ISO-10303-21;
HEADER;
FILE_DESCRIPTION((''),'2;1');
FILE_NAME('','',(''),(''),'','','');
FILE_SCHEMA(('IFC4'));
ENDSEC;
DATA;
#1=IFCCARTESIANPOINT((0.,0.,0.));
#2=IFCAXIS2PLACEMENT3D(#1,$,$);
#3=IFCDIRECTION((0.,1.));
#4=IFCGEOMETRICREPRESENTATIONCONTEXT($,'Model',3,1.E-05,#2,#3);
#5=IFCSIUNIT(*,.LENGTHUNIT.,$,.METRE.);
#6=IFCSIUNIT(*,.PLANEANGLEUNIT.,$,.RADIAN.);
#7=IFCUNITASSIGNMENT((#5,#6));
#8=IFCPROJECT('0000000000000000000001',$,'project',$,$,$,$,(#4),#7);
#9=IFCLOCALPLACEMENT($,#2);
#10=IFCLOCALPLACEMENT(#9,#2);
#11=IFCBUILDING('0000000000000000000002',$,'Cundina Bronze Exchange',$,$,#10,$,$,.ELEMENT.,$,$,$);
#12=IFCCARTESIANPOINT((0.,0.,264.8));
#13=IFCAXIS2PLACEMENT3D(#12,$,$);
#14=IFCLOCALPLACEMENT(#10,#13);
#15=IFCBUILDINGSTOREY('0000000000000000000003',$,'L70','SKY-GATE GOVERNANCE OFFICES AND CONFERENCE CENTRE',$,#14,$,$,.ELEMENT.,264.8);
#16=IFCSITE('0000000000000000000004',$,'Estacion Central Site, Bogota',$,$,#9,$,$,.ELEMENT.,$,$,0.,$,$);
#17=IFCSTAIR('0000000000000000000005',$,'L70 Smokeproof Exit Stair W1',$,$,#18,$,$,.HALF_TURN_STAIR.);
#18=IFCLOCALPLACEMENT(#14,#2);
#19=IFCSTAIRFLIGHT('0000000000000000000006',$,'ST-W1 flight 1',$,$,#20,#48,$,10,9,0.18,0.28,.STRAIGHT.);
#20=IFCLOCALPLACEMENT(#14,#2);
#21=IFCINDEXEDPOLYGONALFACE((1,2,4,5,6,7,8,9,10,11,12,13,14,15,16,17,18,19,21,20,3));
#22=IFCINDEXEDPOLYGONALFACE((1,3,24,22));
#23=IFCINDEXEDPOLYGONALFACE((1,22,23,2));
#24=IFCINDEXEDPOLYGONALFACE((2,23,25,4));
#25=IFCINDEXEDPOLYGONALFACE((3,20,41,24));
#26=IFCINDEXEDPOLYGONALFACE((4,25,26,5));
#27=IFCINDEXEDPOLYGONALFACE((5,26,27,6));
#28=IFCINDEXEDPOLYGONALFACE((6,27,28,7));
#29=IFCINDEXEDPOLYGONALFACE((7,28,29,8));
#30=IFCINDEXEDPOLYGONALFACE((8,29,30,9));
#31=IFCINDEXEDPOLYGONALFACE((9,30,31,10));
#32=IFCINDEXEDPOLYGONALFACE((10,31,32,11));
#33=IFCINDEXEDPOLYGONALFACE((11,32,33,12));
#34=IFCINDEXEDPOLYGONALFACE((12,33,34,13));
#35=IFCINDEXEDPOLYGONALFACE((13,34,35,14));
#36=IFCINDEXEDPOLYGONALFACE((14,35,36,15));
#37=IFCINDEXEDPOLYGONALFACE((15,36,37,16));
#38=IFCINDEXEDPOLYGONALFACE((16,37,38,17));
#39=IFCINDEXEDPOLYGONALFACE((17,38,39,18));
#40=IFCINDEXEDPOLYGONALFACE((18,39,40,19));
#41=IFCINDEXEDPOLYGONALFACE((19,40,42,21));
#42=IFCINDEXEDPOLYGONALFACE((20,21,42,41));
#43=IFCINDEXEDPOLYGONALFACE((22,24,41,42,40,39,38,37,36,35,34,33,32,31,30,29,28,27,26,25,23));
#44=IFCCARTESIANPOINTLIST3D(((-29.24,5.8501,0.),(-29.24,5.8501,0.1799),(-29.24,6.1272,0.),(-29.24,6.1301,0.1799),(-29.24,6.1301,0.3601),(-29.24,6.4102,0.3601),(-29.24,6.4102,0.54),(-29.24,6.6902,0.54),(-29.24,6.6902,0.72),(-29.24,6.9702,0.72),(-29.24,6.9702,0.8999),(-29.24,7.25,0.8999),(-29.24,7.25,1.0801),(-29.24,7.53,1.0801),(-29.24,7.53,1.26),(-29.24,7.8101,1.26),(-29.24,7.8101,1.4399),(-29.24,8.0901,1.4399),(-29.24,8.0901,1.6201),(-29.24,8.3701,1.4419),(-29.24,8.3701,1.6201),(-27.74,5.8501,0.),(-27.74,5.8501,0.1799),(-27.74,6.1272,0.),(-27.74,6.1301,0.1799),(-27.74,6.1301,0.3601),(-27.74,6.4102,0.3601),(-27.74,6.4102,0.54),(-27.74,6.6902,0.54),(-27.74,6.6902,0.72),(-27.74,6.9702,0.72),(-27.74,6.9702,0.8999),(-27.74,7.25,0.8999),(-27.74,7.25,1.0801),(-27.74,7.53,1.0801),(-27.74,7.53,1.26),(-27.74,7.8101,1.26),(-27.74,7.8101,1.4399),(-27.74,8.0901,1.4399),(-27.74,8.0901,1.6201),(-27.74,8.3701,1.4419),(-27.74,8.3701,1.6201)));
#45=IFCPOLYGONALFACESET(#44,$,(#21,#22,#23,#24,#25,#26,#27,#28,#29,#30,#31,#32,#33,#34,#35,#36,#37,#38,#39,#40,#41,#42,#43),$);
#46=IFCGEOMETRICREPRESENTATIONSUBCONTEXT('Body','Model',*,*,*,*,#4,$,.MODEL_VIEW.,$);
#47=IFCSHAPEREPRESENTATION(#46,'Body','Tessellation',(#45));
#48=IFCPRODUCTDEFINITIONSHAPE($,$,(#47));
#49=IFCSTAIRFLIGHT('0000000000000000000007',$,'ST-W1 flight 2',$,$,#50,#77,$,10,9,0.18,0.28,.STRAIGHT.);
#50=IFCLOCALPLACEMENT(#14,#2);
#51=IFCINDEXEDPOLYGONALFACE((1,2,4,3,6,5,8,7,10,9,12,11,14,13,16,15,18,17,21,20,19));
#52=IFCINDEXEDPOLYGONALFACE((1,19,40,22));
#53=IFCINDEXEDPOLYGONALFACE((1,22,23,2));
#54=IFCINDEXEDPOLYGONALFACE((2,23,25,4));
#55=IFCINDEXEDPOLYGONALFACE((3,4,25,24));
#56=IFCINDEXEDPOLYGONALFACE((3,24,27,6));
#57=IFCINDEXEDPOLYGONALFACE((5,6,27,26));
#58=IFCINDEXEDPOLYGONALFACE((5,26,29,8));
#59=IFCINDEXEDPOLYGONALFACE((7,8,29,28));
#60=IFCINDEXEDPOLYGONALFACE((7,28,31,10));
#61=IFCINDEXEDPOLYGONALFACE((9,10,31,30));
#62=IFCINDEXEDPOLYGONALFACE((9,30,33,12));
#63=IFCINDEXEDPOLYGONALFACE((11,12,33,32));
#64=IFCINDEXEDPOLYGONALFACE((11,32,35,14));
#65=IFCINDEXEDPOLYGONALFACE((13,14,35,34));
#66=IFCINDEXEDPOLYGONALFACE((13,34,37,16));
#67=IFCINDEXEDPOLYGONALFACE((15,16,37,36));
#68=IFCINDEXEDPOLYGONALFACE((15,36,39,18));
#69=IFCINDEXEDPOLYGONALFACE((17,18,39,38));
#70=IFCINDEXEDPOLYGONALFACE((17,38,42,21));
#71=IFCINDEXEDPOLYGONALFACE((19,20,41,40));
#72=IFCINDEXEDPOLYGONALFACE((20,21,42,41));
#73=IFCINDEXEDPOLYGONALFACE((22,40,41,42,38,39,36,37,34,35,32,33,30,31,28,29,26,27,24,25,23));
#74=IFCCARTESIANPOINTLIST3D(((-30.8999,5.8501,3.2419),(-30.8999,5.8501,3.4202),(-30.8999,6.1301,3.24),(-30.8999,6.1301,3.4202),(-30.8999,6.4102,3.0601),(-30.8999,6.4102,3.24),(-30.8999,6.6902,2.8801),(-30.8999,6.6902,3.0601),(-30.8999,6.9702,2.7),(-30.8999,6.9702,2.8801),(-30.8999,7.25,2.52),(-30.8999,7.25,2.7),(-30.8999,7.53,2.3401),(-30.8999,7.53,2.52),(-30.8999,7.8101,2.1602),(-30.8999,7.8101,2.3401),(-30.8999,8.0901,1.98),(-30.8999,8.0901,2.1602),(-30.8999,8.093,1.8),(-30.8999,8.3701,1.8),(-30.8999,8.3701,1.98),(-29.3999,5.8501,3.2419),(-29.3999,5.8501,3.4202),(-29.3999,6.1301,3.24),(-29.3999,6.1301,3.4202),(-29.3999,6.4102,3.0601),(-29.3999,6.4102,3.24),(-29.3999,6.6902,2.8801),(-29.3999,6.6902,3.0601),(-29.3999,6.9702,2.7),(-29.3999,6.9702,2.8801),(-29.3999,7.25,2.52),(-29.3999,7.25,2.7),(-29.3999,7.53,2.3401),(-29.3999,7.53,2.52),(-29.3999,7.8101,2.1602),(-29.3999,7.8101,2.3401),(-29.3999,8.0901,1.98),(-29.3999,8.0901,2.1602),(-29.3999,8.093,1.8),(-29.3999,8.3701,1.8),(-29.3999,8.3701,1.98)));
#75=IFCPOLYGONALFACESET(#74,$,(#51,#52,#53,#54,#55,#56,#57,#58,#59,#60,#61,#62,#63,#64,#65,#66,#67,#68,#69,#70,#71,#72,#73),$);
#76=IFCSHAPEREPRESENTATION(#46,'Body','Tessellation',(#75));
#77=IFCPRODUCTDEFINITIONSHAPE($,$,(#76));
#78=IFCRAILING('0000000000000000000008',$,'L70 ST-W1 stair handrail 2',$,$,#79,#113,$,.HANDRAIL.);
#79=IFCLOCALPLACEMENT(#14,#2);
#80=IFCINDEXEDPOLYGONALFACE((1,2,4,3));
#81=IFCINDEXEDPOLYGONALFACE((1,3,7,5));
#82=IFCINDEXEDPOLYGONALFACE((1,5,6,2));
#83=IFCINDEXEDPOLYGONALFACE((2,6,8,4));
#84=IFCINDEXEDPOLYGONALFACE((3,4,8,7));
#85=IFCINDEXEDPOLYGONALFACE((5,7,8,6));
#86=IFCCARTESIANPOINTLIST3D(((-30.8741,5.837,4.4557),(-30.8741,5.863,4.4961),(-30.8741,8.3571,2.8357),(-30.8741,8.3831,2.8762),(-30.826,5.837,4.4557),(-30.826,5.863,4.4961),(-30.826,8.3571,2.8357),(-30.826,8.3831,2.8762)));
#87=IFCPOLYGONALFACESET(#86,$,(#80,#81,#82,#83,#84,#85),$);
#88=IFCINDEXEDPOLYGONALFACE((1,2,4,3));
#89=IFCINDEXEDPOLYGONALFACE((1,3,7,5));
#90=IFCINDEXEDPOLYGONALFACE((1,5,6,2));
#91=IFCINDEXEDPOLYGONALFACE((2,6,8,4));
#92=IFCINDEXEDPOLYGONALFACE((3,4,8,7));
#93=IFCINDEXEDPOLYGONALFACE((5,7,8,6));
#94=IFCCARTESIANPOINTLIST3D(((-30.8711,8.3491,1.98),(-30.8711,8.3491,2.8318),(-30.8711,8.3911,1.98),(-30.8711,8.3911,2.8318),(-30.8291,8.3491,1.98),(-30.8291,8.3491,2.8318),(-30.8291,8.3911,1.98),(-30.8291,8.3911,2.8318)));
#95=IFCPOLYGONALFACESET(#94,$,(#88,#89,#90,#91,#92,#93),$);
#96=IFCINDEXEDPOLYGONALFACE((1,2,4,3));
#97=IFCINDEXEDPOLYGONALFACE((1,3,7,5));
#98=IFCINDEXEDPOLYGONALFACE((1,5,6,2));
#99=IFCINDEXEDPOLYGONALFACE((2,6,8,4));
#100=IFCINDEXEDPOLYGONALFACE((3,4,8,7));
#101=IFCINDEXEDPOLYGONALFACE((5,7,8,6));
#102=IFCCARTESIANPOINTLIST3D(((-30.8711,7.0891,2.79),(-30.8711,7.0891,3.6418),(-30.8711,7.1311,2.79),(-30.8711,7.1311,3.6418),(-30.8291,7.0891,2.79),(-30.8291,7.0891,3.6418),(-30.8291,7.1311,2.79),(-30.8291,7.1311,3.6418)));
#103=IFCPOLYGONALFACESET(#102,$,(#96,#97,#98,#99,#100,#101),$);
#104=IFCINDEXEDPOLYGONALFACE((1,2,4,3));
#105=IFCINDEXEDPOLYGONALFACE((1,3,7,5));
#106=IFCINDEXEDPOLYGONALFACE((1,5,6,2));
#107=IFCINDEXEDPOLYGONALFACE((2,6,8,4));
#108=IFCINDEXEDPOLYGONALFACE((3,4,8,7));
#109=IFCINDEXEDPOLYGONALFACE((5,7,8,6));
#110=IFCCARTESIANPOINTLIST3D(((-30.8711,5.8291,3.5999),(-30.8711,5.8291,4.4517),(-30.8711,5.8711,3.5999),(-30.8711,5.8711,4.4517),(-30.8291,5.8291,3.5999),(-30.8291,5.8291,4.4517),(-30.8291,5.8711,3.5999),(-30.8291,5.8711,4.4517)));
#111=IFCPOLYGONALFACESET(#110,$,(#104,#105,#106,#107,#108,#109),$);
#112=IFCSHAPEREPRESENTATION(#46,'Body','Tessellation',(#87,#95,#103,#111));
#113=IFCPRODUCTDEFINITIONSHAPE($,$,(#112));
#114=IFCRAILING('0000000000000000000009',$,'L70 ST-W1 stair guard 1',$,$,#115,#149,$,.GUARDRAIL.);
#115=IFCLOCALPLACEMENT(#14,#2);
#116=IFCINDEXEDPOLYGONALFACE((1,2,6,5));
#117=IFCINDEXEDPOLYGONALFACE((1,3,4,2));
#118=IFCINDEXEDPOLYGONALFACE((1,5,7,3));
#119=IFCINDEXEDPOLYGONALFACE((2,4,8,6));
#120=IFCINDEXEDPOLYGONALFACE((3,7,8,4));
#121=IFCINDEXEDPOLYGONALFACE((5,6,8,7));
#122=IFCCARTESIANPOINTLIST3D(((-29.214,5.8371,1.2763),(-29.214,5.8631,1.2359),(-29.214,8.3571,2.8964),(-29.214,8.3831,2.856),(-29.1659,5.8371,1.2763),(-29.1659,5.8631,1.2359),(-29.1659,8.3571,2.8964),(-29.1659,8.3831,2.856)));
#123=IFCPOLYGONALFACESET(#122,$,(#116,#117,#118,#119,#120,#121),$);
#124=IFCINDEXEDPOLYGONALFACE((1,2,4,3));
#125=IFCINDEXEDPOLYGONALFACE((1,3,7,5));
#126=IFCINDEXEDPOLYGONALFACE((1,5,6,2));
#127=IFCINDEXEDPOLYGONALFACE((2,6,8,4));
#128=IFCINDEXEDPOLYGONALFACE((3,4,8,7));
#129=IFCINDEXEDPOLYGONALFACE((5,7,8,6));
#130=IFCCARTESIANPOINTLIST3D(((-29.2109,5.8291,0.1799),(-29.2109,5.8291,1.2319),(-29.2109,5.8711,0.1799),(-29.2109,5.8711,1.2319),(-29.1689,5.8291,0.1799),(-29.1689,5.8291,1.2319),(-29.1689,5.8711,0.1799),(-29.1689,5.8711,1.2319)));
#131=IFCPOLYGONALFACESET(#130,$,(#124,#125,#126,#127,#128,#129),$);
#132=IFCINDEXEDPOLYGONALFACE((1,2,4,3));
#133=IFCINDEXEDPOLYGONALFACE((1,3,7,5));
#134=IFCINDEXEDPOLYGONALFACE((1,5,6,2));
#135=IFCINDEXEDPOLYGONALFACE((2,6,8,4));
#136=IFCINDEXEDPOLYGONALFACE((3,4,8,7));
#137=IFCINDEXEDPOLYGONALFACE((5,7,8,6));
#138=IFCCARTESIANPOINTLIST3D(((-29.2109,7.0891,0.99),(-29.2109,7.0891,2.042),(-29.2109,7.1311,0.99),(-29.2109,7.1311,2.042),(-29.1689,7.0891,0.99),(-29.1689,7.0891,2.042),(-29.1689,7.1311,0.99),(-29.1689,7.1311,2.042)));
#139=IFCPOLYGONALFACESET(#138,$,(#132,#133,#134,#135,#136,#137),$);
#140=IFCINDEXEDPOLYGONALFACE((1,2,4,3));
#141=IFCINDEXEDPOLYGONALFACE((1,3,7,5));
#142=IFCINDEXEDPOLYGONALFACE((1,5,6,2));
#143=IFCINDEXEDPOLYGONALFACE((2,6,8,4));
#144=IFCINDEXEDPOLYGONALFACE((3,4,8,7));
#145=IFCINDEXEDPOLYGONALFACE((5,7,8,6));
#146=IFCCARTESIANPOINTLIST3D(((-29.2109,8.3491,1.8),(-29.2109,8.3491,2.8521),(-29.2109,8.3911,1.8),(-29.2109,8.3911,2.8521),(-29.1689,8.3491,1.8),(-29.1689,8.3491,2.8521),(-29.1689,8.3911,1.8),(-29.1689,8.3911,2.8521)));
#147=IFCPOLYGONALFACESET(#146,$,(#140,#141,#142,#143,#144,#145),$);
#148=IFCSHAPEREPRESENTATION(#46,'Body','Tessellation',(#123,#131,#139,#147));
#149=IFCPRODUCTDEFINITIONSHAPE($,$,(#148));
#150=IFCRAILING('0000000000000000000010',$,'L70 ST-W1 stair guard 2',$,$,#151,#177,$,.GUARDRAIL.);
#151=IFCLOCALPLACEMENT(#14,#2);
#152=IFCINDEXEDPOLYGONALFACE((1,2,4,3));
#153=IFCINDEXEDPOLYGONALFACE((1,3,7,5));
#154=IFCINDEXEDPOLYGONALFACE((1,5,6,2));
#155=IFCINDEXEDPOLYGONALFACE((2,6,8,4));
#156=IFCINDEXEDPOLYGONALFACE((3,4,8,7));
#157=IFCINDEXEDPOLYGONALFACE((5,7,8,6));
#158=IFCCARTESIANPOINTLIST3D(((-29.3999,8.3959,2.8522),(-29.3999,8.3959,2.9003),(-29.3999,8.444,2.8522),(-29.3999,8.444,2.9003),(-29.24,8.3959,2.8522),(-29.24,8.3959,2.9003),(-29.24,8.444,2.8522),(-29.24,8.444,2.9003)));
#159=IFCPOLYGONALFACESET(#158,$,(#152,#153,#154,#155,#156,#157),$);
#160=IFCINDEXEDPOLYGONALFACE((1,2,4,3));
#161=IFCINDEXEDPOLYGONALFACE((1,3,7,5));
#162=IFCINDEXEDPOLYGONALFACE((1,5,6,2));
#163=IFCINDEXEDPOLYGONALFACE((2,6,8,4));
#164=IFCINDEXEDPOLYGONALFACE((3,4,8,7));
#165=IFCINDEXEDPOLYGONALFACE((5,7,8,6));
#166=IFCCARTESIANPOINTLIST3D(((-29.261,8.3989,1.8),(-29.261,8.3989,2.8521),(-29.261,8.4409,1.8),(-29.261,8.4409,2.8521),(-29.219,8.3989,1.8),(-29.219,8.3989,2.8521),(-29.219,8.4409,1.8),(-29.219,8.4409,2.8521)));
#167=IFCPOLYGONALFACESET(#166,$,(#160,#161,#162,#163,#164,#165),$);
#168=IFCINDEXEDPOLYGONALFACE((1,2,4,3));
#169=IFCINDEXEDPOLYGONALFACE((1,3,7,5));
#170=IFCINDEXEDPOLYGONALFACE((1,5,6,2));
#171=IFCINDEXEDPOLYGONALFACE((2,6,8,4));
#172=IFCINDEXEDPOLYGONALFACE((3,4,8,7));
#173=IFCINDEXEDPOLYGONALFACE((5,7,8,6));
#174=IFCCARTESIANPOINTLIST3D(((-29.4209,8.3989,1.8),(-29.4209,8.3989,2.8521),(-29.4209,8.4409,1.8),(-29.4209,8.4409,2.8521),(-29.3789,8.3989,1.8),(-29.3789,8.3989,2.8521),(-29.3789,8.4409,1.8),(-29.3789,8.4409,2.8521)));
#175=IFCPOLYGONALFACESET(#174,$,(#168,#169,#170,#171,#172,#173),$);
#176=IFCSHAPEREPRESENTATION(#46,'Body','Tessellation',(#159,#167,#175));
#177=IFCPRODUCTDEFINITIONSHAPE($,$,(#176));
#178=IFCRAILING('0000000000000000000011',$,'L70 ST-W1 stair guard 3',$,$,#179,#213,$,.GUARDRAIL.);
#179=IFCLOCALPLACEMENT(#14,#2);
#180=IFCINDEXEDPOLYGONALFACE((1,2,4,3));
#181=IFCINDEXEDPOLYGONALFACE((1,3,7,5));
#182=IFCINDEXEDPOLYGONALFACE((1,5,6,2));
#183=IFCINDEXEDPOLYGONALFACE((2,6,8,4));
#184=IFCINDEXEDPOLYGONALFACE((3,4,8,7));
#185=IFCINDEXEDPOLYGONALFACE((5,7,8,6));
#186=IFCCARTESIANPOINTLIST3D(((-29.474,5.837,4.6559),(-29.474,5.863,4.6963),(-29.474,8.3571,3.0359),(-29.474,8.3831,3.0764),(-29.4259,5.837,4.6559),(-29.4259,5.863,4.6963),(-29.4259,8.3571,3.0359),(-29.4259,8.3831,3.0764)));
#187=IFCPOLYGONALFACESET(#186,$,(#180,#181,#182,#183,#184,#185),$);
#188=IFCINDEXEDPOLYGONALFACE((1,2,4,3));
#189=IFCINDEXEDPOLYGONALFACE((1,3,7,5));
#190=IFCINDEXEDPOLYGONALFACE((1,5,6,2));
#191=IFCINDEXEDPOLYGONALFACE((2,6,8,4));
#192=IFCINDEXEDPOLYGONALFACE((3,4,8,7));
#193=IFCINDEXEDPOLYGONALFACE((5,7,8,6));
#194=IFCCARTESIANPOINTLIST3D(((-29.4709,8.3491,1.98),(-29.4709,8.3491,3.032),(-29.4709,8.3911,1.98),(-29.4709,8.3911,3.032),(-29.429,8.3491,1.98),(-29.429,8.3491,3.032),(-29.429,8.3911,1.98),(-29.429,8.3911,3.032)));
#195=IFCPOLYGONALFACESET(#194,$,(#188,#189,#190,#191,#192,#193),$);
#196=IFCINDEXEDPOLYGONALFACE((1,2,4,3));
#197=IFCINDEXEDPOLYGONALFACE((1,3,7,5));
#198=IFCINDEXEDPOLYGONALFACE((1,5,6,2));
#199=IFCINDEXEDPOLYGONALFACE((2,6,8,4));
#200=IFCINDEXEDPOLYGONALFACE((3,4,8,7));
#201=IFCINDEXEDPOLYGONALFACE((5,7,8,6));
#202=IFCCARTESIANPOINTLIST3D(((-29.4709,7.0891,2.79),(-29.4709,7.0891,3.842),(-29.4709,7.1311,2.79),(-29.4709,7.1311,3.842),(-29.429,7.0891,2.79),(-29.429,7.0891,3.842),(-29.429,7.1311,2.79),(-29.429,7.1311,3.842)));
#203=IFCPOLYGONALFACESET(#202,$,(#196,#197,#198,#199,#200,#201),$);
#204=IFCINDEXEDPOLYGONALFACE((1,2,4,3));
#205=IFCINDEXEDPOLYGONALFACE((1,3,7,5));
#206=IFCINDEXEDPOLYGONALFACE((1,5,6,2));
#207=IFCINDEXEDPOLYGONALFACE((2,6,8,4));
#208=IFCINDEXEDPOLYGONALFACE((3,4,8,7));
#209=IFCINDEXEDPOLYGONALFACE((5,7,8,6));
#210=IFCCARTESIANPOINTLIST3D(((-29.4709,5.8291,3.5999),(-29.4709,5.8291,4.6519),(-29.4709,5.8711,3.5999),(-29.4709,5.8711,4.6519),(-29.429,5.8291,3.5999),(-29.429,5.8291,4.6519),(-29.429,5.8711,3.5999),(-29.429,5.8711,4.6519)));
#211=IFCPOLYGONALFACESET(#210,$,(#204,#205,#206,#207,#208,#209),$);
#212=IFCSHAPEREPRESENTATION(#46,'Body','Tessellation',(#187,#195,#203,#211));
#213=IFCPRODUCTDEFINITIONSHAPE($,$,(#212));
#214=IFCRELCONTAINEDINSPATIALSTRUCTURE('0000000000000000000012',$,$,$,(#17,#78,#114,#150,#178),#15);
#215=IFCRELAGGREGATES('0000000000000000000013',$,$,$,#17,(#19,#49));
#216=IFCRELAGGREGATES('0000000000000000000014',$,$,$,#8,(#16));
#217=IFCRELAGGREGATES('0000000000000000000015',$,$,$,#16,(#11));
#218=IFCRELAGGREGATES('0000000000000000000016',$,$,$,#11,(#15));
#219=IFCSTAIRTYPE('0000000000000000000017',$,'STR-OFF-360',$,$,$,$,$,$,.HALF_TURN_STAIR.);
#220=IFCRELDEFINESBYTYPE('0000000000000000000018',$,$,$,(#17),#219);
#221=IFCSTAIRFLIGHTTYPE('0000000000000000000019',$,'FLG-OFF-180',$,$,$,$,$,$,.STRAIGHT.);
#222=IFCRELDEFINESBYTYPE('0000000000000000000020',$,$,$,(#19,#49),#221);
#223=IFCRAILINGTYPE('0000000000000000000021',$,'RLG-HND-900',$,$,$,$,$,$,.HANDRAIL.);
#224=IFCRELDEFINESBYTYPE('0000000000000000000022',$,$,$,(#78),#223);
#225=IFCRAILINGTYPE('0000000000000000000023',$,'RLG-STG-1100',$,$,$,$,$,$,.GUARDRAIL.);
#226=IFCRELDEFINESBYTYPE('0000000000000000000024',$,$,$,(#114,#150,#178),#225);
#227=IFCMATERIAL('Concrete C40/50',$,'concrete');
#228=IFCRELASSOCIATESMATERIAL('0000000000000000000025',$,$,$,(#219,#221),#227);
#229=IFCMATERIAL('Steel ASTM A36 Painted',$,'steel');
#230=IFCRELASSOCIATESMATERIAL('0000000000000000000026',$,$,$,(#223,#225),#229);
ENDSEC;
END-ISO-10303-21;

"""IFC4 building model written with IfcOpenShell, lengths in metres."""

from ifc_helpers import new_model, si_unit, direction, frame, origin, origin_2d, place, context, subcontext, project, spatial, polyline, rectangle, outline, extrude, material, type_object, element, aggregate, save


model = new_model("IFC4")

# Units and contexts
model_context = context("Model", 3, precision=1e-05, world=origin(), true_north=direction((0.0, 1.0)))
body_context = subcontext(model_context, "Body", "Model", "MODEL_VIEW")
ifc_project = project(units=[si_unit("LENGTHUNIT", "METRE"), si_unit("PLANEANGLEUNIT", "RADIAN")], contexts=[model_context])

# Site, building, storey
site_placement = place(None, origin())
site = spatial("IfcSite", under=ifc_project, at=site_placement, Name="Estacion Central Site, Bogota", CompositionType="ELEMENT", RefElevation=0.0)
building_placement = place(site_placement, origin())
building = spatial("IfcBuilding", under=site, at=building_placement, Name="Cundina Bronze Exchange", CompositionType="ELEMENT")
storey_placement = place(building_placement, frame((0.0, 0.0, 264.8)))
storey = spatial("IfcBuildingStorey", under=building, at=storey_placement, Name="L70", Description="SKY-GATE GOVERNANCE OFFICES AND CONFERENCE CENTRE", CompositionType="ELEMENT", Elevation=264.8)

# Shared definitions
ifc_material_1 = material(Name="Steel ASTM A36 Painted", Category="steel")

# Stair, stair flights
ifc_material_2 = material(Name="Concrete C40/50", Category="concrete")
stair_type = type_object("IfcStairType", Name="STR-OFF-360", PredefinedType="HALF_TURN_STAIR", material=ifc_material_2)
stair_placement = place(storey_placement, origin())
stair = element("IfcStair", 1, at=stair_placement, inside=storey, type_object=stair_type, Name="L70 Smokeproof Exit Stair W1", PredefinedType="HALF_TURN_STAIR")
stair_flight_type = type_object("IfcStairFlightType", Name="FLG-OFF-180", PredefinedType="STRAIGHT", material=ifc_material_2)
stair_flight_1_placement = place(storey_placement, frame((-28.49, 5.8501, 0.0), z_axis=(0.0, 0.0, 1.0), x_axis=(0.0, 1.0, 0.0)))
stair_flight_1 = element("IfcStairFlight", 2, at=stair_flight_1_placement, type_object=stair_flight_type, Name="ST-W1 flight 1", NumberOfRisers=10, NumberOfTreads=9, PredefinedType="STRAIGHT", RiserHeight=0.18, TreadLength=0.28, context=body_context, shape_type="SweptSolid", body=[
    extrude(outline(polyline([(0.0, 0.0), (0.0, 0.1799), (0.28, 0.1799), (0.28, 0.3601), (0.5601, 0.3601), (0.5601, 0.54), (0.8401, 0.54), (0.8401, 0.72), (1.1201, 0.72), (1.1201, 0.8999), (1.3999, 0.8999), (1.3999, 1.0801), (1.6799, 1.0801), (1.6799, 1.26), (1.96, 1.26), (1.96, 1.4399), (2.24, 1.4399), (2.24, 1.6201), (2.52, 1.6201), (2.52, 1.8), (2.52, 1.4419), (0.2771, 0.0), (0.0, 0.0)])), frame((0.0, 0.75, 0.0), z_axis=(0.0, -1.0, 0.0), x_axis=(1.0, 0.0, 0.0)), (0.0, 0.0, 1.0), 1.5),
])
stair_flight_2_placement = place(storey_placement, frame((-30.1499, 8.3701, 1.8), z_axis=(0.0, 0.0, 1.0), x_axis=(0.0, -1.0, 0.0)))
stair_flight_2 = element("IfcStairFlight", 3, at=stair_flight_2_placement, type_object=stair_flight_type, Name="ST-W1 flight 2", NumberOfRisers=10, NumberOfTreads=9, PredefinedType="STRAIGHT", RiserHeight=0.18, TreadLength=0.28, context=body_context, shape_type="SweptSolid", body=[
    extrude(outline(polyline([(0.0, 0.0), (0.0, 0.1799), (0.28, 0.1799), (0.28, 0.3601), (0.5601, 0.3601), (0.5601, 0.54), (0.8401, 0.54), (0.8401, 0.72), (1.1201, 0.72), (1.1201, 0.8999), (1.3999, 0.8999), (1.3999, 1.0801), (1.6799, 1.0801), (1.6799, 1.26), (1.96, 1.26), (1.96, 1.4399), (2.24, 1.4399), (2.24, 1.6201), (2.52, 1.6201), (2.52, 1.8), (2.52, 1.4419), (0.2771, 0.0), (0.0, 0.0)])), frame((0.0, 0.75, 0.0), z_axis=(0.0, -1.0, 0.0), x_axis=(1.0, 0.0, 0.0)), (0.0, 0.0, 1.0), 1.5),
])
aggregate(stair, [stair_flight_1, stair_flight_2])

# Railings
railing_type_1 = type_object("IfcRailingType", Name="RLG-HND-900", PredefinedType="HANDRAIL", material=ifc_material_1)
railing_1_placement = place(storey_placement, frame((-30.8501, 8.3701, 1.98)))
element("IfcRailing", 4, at=railing_1_placement, inside=storey, type_object=railing_type_1, Name="L70 ST-W1 stair handrail 2", PredefinedType="HANDRAIL", context=body_context, shape_type="SweptSolid", body=[
    extrude(rectangle(XDim=0.0481, YDim=0.0481, at=origin_2d()), frame((0.0, 0.0, 0.876), z_axis=(0.0, -0.8412, 0.540725), x_axis=(1.0, 0.0, 0.0)), (0.0, 0.0, 1.0), 2.9958),
    extrude(rectangle(XDim=0.042, YDim=0.042, at=origin_2d()), origin(), (0.0, 0.0, 1.0), 0.8518),
    extrude(rectangle(XDim=0.042, YDim=0.042, at=origin_2d()), frame((0.0, -1.26, 0.8101)), (0.0, 0.0, 1.0), 0.8518),
    extrude(rectangle(XDim=0.042, YDim=0.042, at=origin_2d()), frame((0.0, -2.52, 1.6199)), (0.0, 0.0, 1.0), 0.8518),
])
railing_type_2 = type_object("IfcRailingType", Name="RLG-STG-1100", PredefinedType="GUARDRAIL", material=ifc_material_1)
railing_2_placement = place(storey_placement, frame((-29.1899, 5.8501, 0.1799)))
element("IfcRailing", 5, at=railing_2_placement, inside=storey, type_object=railing_type_2, Name="L70 ST-W1 stair guard 1", PredefinedType="GUARDRAIL", context=body_context, shape_type="SweptSolid", body=[
    extrude(rectangle(XDim=0.0481, YDim=0.0481, at=origin_2d()), frame((0.0, 0.0, 1.0762), z_axis=(0.0, 0.841163, 0.540782), x_axis=(-1.0, 0.0, 0.0)), (0.0, 0.0, 1.0), 2.9958),
    extrude(rectangle(XDim=0.042, YDim=0.042, at=origin_2d()), origin(), (0.0, 0.0, 1.0), 1.052),
    extrude(rectangle(XDim=0.042, YDim=0.042, at=origin_2d()), frame((0.0, 1.26, 0.8101)), (0.0, 0.0, 1.0), 1.052),
    extrude(rectangle(XDim=0.042, YDim=0.042, at=origin_2d()), frame((0.0, 2.52, 1.6201)), (0.0, 0.0, 1.0), 1.052),
])
railing_3_placement = place(storey_placement, frame((-29.24, 8.4199, 1.8)))
element("IfcRailing", 6, at=railing_3_placement, inside=storey, type_object=railing_type_2, Name="L70 ST-W1 stair guard 2", PredefinedType="GUARDRAIL", context=body_context, shape_type="SweptSolid", body=[
    extrude(rectangle(XDim=0.0481, YDim=0.0481, at=origin_2d()), frame((0.0, 0.0, 1.0762), z_axis=(-1.0, 0.0, 0.0), x_axis=(0.0, -1.0, 0.0)), (0.0, 0.0, 1.0), 0.1599),
    extrude(rectangle(XDim=0.042, YDim=0.042, at=origin_2d()), origin(), (0.0, 0.0, 1.0), 1.052),
    extrude(rectangle(XDim=0.042, YDim=0.042, at=origin_2d()), frame((-0.1599, 0.0, 0.0)), (0.0, 0.0, 1.0), 1.052),
])
railing_4_placement = place(storey_placement, frame((-29.45, 8.3701, 1.98)))
element("IfcRailing", 7, at=railing_4_placement, inside=storey, type_object=railing_type_2, Name="L70 ST-W1 stair guard 3", PredefinedType="GUARDRAIL", context=body_context, shape_type="SweptSolid", body=[
    extrude(rectangle(XDim=0.0481, YDim=0.0481, at=origin_2d()), frame((0.0, 0.0, 1.0762), z_axis=(0.0, -0.8412, 0.540725), x_axis=(1.0, 0.0, 0.0)), (0.0, 0.0, 1.0), 2.9958),
    extrude(rectangle(XDim=0.042, YDim=0.042, at=origin_2d()), origin(), (0.0, 0.0, 1.0), 1.052),
    extrude(rectangle(XDim=0.042, YDim=0.042, at=origin_2d()), frame((0.0, -1.26, 0.8101)), (0.0, 0.0, 1.0), 1.052),
    extrude(rectangle(XDim=0.042, YDim=0.042, at=origin_2d()), frame((0.0, -2.52, 1.6199)), (0.0, 0.0, 1.0), 1.052),
])

save(model, "model.ifc")
